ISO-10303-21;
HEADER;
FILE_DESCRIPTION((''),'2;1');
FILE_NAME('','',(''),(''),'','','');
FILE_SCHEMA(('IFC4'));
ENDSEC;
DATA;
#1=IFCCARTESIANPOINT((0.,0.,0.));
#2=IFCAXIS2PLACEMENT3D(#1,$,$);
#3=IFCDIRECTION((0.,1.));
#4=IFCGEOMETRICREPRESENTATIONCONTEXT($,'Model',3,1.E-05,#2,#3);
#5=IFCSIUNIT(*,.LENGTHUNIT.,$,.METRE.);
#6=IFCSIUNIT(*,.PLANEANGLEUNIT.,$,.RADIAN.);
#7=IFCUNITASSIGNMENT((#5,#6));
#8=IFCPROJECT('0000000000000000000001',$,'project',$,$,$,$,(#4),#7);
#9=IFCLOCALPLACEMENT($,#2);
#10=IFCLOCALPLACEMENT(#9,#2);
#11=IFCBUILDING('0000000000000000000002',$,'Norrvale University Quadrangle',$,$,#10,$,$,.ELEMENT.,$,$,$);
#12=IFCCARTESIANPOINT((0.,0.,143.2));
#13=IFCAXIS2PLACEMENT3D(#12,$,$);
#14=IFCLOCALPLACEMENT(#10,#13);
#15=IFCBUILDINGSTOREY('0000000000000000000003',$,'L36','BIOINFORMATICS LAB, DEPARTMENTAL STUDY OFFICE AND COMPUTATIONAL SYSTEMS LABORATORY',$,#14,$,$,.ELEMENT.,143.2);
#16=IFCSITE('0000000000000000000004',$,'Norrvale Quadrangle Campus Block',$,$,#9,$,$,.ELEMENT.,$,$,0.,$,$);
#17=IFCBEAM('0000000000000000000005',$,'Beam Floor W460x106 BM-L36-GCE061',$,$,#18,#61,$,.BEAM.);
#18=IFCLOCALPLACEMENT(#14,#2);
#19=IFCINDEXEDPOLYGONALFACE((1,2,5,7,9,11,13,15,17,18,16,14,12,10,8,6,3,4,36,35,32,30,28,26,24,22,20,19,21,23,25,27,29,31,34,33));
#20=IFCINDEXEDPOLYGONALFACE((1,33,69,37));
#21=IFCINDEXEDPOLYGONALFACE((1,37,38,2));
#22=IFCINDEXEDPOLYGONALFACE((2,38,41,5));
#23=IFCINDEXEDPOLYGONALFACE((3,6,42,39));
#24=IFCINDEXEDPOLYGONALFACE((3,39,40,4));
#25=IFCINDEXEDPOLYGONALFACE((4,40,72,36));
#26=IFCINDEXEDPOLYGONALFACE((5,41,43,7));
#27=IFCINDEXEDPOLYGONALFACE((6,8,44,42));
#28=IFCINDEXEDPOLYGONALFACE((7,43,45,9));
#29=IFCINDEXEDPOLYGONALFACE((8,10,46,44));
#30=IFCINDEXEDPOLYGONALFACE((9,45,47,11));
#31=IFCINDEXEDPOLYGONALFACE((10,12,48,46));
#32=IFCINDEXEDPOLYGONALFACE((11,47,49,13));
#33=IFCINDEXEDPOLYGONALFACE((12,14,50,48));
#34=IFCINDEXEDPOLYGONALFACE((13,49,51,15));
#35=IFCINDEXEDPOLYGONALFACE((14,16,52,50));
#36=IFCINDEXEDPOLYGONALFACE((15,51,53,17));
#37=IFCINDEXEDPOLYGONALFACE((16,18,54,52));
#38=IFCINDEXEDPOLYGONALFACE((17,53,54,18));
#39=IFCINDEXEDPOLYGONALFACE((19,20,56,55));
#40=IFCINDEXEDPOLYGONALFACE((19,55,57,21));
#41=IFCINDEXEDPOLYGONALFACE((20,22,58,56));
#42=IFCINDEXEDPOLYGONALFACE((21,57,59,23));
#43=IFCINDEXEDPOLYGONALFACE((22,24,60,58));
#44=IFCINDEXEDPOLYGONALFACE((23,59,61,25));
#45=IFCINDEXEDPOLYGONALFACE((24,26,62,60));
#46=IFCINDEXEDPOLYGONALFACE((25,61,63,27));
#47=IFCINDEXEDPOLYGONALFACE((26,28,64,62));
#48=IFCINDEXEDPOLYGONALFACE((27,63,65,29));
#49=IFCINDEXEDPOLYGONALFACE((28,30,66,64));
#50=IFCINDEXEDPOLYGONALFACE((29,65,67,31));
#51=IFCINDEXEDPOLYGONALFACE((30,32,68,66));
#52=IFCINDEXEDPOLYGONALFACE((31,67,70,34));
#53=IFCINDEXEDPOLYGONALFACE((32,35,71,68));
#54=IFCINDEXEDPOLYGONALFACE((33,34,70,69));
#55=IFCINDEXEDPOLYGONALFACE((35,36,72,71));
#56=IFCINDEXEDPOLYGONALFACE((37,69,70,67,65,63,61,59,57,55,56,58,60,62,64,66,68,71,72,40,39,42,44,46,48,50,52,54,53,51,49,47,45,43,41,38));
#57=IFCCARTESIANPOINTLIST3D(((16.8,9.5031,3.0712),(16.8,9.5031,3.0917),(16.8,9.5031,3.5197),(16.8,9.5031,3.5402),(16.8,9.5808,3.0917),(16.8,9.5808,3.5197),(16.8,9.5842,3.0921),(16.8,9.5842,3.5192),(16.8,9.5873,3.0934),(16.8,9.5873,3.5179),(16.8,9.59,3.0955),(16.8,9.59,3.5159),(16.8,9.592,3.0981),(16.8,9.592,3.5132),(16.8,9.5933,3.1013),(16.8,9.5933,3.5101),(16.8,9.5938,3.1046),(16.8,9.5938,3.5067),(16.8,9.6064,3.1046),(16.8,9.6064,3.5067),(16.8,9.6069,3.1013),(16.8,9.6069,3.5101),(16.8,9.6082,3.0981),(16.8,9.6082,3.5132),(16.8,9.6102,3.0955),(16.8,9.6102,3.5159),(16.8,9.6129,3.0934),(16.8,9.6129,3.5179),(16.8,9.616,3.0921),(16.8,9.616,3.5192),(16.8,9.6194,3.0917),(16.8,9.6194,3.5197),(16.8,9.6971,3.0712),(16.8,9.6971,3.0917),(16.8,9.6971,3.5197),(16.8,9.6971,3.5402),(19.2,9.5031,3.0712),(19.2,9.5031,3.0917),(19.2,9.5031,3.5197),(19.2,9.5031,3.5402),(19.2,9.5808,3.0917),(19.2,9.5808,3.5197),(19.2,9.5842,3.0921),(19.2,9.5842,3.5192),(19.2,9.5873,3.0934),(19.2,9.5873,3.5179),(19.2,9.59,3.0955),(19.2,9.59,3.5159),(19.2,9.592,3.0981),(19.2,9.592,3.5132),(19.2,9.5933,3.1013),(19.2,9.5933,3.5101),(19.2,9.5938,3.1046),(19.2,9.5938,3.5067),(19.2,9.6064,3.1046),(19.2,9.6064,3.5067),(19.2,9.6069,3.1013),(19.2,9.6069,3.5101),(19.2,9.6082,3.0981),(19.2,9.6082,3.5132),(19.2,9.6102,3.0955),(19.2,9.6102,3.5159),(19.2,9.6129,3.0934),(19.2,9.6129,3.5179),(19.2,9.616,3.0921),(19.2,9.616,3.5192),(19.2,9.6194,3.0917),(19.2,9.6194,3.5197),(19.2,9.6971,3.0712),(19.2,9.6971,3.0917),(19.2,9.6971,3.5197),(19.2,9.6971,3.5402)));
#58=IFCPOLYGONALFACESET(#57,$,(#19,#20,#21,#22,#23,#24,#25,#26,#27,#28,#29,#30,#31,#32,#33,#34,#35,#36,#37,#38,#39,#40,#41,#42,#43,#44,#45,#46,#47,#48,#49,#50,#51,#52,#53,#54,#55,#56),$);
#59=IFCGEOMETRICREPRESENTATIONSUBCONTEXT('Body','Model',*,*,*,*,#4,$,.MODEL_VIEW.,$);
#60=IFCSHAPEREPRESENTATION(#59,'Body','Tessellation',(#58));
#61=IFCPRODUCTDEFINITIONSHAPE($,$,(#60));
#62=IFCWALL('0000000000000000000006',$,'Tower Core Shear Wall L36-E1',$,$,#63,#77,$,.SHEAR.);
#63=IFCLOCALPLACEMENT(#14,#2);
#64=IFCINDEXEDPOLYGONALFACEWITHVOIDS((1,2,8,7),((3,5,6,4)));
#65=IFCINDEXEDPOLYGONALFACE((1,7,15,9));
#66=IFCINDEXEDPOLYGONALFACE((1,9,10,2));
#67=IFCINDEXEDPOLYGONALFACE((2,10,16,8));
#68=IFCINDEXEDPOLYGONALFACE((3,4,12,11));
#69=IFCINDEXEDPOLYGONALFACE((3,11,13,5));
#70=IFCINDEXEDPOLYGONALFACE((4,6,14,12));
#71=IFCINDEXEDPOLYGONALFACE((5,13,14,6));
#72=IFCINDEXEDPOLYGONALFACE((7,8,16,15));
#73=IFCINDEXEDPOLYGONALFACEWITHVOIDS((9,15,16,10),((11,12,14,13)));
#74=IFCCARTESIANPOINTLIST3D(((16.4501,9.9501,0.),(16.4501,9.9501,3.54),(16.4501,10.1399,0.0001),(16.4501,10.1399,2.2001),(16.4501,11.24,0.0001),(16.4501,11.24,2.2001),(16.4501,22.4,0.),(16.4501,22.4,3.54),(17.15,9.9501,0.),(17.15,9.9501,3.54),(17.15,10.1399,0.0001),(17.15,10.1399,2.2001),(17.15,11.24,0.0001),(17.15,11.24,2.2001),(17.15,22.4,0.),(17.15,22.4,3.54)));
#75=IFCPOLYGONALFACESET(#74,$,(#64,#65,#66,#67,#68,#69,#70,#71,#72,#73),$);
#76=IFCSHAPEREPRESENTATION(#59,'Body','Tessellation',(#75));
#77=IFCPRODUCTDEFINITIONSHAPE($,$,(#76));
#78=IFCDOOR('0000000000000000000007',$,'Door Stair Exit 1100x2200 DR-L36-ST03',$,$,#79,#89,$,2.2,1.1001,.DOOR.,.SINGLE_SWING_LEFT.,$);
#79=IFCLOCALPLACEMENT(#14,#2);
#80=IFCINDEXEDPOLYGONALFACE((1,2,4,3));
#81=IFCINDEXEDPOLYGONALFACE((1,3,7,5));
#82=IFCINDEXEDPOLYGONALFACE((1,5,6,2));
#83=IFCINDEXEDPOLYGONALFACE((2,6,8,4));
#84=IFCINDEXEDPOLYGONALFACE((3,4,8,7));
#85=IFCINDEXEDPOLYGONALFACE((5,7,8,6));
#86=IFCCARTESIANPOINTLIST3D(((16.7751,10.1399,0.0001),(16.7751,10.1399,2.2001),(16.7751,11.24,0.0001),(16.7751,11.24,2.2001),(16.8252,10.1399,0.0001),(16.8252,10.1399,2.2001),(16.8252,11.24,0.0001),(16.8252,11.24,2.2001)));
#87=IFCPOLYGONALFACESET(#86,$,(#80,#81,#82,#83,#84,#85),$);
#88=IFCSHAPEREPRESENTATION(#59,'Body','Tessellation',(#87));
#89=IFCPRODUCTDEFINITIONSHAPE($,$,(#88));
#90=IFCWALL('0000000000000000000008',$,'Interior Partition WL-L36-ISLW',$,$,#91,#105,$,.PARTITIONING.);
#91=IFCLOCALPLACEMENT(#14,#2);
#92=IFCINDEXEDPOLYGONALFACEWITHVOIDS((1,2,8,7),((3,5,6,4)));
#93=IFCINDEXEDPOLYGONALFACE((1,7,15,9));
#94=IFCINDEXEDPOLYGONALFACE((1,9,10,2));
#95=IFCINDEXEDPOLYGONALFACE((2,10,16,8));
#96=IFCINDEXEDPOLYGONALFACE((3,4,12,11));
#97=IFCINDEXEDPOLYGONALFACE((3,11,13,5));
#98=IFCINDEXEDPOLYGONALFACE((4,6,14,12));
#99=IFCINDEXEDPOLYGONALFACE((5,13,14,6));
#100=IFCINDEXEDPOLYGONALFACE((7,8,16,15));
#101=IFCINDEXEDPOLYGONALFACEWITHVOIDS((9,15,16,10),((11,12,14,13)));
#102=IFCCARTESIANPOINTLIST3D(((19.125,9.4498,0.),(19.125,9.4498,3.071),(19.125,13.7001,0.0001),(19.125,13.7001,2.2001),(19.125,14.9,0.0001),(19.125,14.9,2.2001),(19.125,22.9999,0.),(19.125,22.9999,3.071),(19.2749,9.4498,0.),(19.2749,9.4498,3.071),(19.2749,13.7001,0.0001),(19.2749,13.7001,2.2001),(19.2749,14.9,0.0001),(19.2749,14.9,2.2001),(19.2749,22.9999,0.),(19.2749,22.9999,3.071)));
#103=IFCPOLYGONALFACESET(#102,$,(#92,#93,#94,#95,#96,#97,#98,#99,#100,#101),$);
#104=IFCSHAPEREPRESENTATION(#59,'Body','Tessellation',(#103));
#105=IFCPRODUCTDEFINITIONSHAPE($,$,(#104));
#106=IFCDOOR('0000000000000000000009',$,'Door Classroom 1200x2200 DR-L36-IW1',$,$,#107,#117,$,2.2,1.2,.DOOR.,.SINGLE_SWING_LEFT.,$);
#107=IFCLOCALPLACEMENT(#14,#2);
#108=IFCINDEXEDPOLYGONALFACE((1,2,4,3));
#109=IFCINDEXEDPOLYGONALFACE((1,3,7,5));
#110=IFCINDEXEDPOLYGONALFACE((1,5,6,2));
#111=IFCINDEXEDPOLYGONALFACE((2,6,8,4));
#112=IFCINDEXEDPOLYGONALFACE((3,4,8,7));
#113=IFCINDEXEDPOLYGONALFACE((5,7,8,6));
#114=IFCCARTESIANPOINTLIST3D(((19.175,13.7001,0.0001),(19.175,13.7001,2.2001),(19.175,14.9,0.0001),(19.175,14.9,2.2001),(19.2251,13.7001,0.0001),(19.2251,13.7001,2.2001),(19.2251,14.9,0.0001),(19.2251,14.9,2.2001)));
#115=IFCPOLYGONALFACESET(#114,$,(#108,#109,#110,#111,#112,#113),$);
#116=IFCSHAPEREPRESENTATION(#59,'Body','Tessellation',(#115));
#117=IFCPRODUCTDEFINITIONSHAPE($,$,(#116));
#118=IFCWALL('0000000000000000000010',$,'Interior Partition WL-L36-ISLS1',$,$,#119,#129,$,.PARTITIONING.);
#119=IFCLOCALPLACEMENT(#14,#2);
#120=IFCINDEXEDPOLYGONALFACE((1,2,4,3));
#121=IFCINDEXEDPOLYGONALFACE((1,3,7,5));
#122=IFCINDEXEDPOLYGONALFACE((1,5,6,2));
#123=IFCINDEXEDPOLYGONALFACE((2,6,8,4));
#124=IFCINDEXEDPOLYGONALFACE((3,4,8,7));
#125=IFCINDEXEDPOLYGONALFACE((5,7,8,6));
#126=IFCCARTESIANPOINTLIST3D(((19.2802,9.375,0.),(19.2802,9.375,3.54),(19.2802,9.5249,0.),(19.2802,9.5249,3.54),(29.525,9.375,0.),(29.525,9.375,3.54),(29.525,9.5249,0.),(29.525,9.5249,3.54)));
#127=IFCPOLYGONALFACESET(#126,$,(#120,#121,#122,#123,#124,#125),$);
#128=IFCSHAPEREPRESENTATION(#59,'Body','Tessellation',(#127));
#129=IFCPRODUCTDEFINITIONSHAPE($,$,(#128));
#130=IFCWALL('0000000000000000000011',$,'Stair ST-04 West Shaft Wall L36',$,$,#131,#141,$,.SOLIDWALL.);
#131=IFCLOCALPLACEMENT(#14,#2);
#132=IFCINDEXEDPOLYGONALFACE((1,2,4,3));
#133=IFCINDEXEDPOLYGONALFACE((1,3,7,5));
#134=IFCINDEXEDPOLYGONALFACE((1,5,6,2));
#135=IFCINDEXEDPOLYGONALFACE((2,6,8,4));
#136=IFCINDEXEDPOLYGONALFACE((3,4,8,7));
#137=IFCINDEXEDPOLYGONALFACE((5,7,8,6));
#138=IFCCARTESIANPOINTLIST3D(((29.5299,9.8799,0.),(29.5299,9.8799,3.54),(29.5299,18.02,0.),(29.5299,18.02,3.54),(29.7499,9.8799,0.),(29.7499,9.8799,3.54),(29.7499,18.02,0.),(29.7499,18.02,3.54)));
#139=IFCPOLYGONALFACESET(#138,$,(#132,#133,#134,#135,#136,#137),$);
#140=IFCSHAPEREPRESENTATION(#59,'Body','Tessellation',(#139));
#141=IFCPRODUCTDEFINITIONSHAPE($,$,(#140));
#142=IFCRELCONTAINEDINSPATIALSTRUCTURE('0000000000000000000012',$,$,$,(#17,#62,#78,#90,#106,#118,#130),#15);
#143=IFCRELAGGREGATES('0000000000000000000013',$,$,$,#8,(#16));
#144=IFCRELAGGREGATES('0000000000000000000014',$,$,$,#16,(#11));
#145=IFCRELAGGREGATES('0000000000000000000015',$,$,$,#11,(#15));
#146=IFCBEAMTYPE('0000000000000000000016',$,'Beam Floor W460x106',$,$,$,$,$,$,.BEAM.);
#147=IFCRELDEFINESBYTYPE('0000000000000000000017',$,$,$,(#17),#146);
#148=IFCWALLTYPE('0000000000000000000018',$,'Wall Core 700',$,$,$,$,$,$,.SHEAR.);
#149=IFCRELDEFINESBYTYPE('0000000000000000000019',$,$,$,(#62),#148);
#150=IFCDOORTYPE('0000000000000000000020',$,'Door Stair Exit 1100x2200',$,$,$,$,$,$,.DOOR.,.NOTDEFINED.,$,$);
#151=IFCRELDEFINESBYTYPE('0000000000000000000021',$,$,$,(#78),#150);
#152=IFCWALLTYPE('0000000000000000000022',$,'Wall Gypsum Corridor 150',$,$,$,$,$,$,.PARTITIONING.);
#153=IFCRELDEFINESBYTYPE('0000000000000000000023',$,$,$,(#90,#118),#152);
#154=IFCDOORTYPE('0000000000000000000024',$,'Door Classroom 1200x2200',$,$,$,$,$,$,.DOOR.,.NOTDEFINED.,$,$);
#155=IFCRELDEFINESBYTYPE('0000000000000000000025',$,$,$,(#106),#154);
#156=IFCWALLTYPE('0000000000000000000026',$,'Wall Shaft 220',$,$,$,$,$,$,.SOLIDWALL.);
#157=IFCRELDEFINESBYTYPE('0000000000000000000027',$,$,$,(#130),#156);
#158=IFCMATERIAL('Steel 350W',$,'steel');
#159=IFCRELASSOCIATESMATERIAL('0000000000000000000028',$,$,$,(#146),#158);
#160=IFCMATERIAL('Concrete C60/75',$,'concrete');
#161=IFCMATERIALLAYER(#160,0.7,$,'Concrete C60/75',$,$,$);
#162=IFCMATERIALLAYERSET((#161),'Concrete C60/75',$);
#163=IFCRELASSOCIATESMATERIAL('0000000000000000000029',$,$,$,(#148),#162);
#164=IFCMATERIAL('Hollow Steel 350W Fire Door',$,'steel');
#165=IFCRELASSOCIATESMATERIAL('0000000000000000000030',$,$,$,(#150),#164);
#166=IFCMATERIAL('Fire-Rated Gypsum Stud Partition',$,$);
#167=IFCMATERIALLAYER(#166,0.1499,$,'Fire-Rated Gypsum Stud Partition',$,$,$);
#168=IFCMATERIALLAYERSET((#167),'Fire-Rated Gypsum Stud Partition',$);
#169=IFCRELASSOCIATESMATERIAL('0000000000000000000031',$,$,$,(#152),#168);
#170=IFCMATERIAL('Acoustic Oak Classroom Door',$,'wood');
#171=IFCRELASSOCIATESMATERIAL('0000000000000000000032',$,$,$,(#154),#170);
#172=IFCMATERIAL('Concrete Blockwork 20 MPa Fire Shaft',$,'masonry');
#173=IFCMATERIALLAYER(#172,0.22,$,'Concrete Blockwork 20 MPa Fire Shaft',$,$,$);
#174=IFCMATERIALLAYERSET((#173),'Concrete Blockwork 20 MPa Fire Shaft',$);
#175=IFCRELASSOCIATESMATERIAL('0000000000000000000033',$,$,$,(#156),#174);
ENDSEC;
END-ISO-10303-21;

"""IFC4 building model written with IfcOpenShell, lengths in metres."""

from ifc_helpers import new_model, si_unit, direction, frame, frame_2d, origin, origin_2d, place, context, subcontext, project, spatial, rectangle, i_section, extrude, material, layer, layer_set, material_profile, profile_set, type_object, element, fill, save


model = new_model("IFC4")

# Units and contexts
model_context = context("Model", 3, precision=1e-05, world=origin(), true_north=direction((0.0, 1.0)))
body_context = subcontext(model_context, "Body", "Model", "MODEL_VIEW")
ifc_project = project(units=[si_unit("LENGTHUNIT", "METRE"), si_unit("PLANEANGLEUNIT", "RADIAN")], contexts=[model_context])

# Site, building, storey
site_placement = place(None, origin())
site = spatial("IfcSite", under=ifc_project, at=site_placement, Name="Norrvale Quadrangle Campus Block", CompositionType="ELEMENT", RefElevation=0.0)
building_placement = place(site_placement, origin())
building = spatial("IfcBuilding", under=site, at=building_placement, Name="Norrvale University Quadrangle", CompositionType="ELEMENT")
storey_placement = place(building_placement, frame((0.0, 0.0, 143.2)))
storey = spatial("IfcBuildingStorey", under=building, at=storey_placement, Name="L36", Description="BIOINFORMATICS LAB, DEPARTMENTAL STUDY OFFICE AND COMPUTATIONAL SYSTEMS LABORATORY", CompositionType="ELEMENT", Elevation=143.2)

# Shared definitions
ifc_material_1 = material(Name="Concrete C60/75", Category="concrete")

# Beam
ifc_material_2 = material(Name="Steel 350W", Category="steel")
ifc_material_profile_1 = material_profile(ifc_material_2, i_section(OverallWidth=0.1941, OverallDepth=0.469, WebThickness=0.0127, FlangeThickness=0.0205, FilletRadius=0.0129, at=origin_2d()), Name="Steel 350W")
ifc_profile_set_1 = profile_set([ifc_material_profile_1], Name="Steel 350W")
beam_type_1 = type_object("IfcBeamType", Name="Beam Floor W460x106", PredefinedType="BEAM", material=ifc_profile_set_1)
beam_1_placement = place(storey_placement, frame((16.8, 9.6001, 3.3057), z_axis=(1.0, 0.0, 0.0), x_axis=(0.0, 1.0, 0.0)))
element("IfcBeam", 1, at=beam_1_placement, inside=storey, type_object=beam_type_1, Name="Beam Floor W460x106 BM-L36-GCE061", PredefinedType="BEAM", context=body_context, shape_type="SweptSolid", body=[
    extrude(i_section(OverallWidth=0.1941, OverallDepth=0.469, WebThickness=0.0127, FlangeThickness=0.0205, FilletRadius=0.0129, at=origin_2d()), origin(), (0.0, 0.0, 1.0), 2.3999),
])

# Walls, openings, doors
ifc_layer_1 = layer(ifc_material_1, 0.7, Name="Concrete C60/75")
ifc_layer_set_1 = layer_set([ifc_layer_1], Name="Concrete C60/75")
wall_type_1 = type_object("IfcWallType", Name="Wall Core 700", PredefinedType="SHEAR", material=ifc_layer_set_1)
wall_1_placement = place(storey_placement, frame((16.8, 9.95, 0.0), z_axis=(0.0, 0.0, 1.0), x_axis=(0.0, 1.0, 0.0)))
wall_1 = element("IfcWall", 2, at=wall_1_placement, inside=storey, type_object=wall_type_1, Name="Tower Core Shear Wall L36-E1", PredefinedType="SHEAR", context=body_context, shape_type="SweptSolid", body=[
    extrude(rectangle(XDim=12.45, YDim=0.7, at=frame_2d((6.2251, 0.0))), origin(), (0.0, 0.0, 1.0), 3.54),
])
opening_1_placement = place(wall_1_placement, frame((0.1899, 0.0, 0.0)))
opening_1 = element("IfcOpeningElement", 3, at=opening_1_placement, cuts=wall_1, PredefinedType="OPENING", context=body_context, shape_type="SweptSolid", body=[
    extrude(rectangle(XDim=1.1001, YDim=2.2, at=frame_2d((0.55, 1.1001))), frame((0.0, 0.3621, 0.0), z_axis=(0.0, -1.0, 0.0), x_axis=(1.0, 0.0, 0.0)), (0.0, 0.0, 1.0), 0.7239),
])
ifc_material_3 = material(Name="Hollow Steel 350W Fire Door", Category="steel")
door_type_1 = type_object("IfcDoorType", Name="Door Stair Exit 1100x2200", OperationType="NOTDEFINED", PredefinedType="DOOR", material=ifc_material_3)
door_1_placement = place(opening_1_placement, origin())
door_1 = element("IfcDoor", 4, at=door_1_placement, inside=storey, type_object=door_type_1, Name="Door Stair Exit 1100x2200 DR-L36-ST03", OperationType="SINGLE_SWING_LEFT", OverallHeight=2.2, OverallWidth=1.1001, PredefinedType="DOOR", context=body_context, shape_type="SweptSolid", body=[
    extrude(rectangle(XDim=1.1001, YDim=2.2, at=frame_2d((0.55, 1.1001))), frame((0.0, 0.0249, 0.0), z_axis=(0.0, -1.0, 0.0), x_axis=(1.0, 0.0, 0.0)), (0.0, 0.0, 1.0), 0.05),
])
fill(opening_1, door_1)
ifc_material_4 = material(Name="Fire-Rated Gypsum Stud Partition")
ifc_layer_2 = layer(ifc_material_4, 0.1499, Name="Fire-Rated Gypsum Stud Partition")
ifc_layer_set_2 = layer_set([ifc_layer_2], Name="Fire-Rated Gypsum Stud Partition")
wall_type_2 = type_object("IfcWallType", Name="Wall Gypsum Corridor 150", PredefinedType="PARTITIONING", material=ifc_layer_set_2)
wall_2_placement = place(storey_placement, frame((19.2, 9.45, 0.0), z_axis=(0.0, 0.0, 1.0), x_axis=(0.0, 1.0, 0.0)))
wall_2 = element("IfcWall", 5, at=wall_2_placement, inside=storey, type_object=wall_type_2, Name="Interior Partition WL-L36-ISLW", PredefinedType="PARTITIONING", context=body_context, shape_type="SweptSolid", body=[
    extrude(rectangle(XDim=13.55, YDim=0.1499, at=frame_2d((6.7749, 0.0))), origin(), (0.0, 0.0, 1.0), 3.071),
])
opening_2_placement = place(wall_2_placement, frame((4.25, 0.0, 0.0)))
opening_2 = element("IfcOpeningElement", 6, at=opening_2_placement, cuts=wall_2, PredefinedType="OPENING", context=body_context, shape_type="SweptSolid", body=[
    extrude(rectangle(XDim=1.2, YDim=2.2, at=frame_2d((0.6001, 1.1001))), frame((0.0, 0.0869, 0.0), z_axis=(0.0, -1.0, 0.0), x_axis=(1.0, 0.0, 0.0)), (0.0, 0.0, 1.0), 0.1738),
])
ifc_material_5 = material(Name="Acoustic Oak Classroom Door", Category="wood")
door_type_2 = type_object("IfcDoorType", Name="Door Classroom 1200x2200", OperationType="NOTDEFINED", PredefinedType="DOOR", material=ifc_material_5)
door_2_placement = place(opening_2_placement, origin())
door_2 = element("IfcDoor", 7, at=door_2_placement, inside=storey, type_object=door_type_2, Name="Door Classroom 1200x2200 DR-L36-IW1", OperationType="SINGLE_SWING_LEFT", OverallHeight=2.2, OverallWidth=1.2, PredefinedType="DOOR", context=body_context, shape_type="SweptSolid", body=[
    extrude(rectangle(XDim=1.2, YDim=2.2, at=frame_2d((0.6001, 1.1001))), frame((0.0, 0.0249, 0.0), z_axis=(0.0, -1.0, 0.0), x_axis=(1.0, 0.0, 0.0)), (0.0, 0.0, 1.0), 0.05),
])
fill(opening_2, door_2)

# Walls
wall_3_placement = place(storey_placement, frame((19.28, 9.45, 0.0), z_axis=(0.0, 0.0, 1.0), x_axis=(1.0, 0.0, 0.0)))
element("IfcWall", 8, at=wall_3_placement, inside=storey, type_object=wall_type_2, Name="Interior Partition WL-L36-ISLS1", PredefinedType="PARTITIONING", context=body_context, shape_type="SweptSolid", body=[
    extrude(rectangle(XDim=10.2449, YDim=0.1499, at=frame_2d((5.1226, 0.0))), origin(), (0.0, 0.0, 1.0), 3.54),
])
ifc_material_6 = material(Name="Concrete Blockwork 20 MPa Fire Shaft", Category="masonry")
ifc_layer_3 = layer(ifc_material_6, 0.22, Name="Concrete Blockwork 20 MPa Fire Shaft")
ifc_layer_set_3 = layer_set([ifc_layer_3], Name="Concrete Blockwork 20 MPa Fire Shaft")
wall_type_3 = type_object("IfcWallType", Name="Wall Shaft 220", PredefinedType="SOLIDWALL", material=ifc_layer_set_3)
wall_4_placement = place(storey_placement, frame((29.6399, 9.8799, 0.0), z_axis=(0.0, 0.0, 1.0), x_axis=(0.0, 1.0, 0.0)))
element("IfcWall", 9, at=wall_4_placement, inside=storey, type_object=wall_type_3, Name="Stair ST-04 West Shaft Wall L36", PredefinedType="SOLIDWALL", context=body_context, shape_type="SweptSolid", body=[
    extrude(rectangle(XDim=8.1401, YDim=0.22, at=frame_2d((4.0701, 0.0))), origin(), (0.0, 0.0, 1.0), 3.54),
])

save(model, "model.ifc")
